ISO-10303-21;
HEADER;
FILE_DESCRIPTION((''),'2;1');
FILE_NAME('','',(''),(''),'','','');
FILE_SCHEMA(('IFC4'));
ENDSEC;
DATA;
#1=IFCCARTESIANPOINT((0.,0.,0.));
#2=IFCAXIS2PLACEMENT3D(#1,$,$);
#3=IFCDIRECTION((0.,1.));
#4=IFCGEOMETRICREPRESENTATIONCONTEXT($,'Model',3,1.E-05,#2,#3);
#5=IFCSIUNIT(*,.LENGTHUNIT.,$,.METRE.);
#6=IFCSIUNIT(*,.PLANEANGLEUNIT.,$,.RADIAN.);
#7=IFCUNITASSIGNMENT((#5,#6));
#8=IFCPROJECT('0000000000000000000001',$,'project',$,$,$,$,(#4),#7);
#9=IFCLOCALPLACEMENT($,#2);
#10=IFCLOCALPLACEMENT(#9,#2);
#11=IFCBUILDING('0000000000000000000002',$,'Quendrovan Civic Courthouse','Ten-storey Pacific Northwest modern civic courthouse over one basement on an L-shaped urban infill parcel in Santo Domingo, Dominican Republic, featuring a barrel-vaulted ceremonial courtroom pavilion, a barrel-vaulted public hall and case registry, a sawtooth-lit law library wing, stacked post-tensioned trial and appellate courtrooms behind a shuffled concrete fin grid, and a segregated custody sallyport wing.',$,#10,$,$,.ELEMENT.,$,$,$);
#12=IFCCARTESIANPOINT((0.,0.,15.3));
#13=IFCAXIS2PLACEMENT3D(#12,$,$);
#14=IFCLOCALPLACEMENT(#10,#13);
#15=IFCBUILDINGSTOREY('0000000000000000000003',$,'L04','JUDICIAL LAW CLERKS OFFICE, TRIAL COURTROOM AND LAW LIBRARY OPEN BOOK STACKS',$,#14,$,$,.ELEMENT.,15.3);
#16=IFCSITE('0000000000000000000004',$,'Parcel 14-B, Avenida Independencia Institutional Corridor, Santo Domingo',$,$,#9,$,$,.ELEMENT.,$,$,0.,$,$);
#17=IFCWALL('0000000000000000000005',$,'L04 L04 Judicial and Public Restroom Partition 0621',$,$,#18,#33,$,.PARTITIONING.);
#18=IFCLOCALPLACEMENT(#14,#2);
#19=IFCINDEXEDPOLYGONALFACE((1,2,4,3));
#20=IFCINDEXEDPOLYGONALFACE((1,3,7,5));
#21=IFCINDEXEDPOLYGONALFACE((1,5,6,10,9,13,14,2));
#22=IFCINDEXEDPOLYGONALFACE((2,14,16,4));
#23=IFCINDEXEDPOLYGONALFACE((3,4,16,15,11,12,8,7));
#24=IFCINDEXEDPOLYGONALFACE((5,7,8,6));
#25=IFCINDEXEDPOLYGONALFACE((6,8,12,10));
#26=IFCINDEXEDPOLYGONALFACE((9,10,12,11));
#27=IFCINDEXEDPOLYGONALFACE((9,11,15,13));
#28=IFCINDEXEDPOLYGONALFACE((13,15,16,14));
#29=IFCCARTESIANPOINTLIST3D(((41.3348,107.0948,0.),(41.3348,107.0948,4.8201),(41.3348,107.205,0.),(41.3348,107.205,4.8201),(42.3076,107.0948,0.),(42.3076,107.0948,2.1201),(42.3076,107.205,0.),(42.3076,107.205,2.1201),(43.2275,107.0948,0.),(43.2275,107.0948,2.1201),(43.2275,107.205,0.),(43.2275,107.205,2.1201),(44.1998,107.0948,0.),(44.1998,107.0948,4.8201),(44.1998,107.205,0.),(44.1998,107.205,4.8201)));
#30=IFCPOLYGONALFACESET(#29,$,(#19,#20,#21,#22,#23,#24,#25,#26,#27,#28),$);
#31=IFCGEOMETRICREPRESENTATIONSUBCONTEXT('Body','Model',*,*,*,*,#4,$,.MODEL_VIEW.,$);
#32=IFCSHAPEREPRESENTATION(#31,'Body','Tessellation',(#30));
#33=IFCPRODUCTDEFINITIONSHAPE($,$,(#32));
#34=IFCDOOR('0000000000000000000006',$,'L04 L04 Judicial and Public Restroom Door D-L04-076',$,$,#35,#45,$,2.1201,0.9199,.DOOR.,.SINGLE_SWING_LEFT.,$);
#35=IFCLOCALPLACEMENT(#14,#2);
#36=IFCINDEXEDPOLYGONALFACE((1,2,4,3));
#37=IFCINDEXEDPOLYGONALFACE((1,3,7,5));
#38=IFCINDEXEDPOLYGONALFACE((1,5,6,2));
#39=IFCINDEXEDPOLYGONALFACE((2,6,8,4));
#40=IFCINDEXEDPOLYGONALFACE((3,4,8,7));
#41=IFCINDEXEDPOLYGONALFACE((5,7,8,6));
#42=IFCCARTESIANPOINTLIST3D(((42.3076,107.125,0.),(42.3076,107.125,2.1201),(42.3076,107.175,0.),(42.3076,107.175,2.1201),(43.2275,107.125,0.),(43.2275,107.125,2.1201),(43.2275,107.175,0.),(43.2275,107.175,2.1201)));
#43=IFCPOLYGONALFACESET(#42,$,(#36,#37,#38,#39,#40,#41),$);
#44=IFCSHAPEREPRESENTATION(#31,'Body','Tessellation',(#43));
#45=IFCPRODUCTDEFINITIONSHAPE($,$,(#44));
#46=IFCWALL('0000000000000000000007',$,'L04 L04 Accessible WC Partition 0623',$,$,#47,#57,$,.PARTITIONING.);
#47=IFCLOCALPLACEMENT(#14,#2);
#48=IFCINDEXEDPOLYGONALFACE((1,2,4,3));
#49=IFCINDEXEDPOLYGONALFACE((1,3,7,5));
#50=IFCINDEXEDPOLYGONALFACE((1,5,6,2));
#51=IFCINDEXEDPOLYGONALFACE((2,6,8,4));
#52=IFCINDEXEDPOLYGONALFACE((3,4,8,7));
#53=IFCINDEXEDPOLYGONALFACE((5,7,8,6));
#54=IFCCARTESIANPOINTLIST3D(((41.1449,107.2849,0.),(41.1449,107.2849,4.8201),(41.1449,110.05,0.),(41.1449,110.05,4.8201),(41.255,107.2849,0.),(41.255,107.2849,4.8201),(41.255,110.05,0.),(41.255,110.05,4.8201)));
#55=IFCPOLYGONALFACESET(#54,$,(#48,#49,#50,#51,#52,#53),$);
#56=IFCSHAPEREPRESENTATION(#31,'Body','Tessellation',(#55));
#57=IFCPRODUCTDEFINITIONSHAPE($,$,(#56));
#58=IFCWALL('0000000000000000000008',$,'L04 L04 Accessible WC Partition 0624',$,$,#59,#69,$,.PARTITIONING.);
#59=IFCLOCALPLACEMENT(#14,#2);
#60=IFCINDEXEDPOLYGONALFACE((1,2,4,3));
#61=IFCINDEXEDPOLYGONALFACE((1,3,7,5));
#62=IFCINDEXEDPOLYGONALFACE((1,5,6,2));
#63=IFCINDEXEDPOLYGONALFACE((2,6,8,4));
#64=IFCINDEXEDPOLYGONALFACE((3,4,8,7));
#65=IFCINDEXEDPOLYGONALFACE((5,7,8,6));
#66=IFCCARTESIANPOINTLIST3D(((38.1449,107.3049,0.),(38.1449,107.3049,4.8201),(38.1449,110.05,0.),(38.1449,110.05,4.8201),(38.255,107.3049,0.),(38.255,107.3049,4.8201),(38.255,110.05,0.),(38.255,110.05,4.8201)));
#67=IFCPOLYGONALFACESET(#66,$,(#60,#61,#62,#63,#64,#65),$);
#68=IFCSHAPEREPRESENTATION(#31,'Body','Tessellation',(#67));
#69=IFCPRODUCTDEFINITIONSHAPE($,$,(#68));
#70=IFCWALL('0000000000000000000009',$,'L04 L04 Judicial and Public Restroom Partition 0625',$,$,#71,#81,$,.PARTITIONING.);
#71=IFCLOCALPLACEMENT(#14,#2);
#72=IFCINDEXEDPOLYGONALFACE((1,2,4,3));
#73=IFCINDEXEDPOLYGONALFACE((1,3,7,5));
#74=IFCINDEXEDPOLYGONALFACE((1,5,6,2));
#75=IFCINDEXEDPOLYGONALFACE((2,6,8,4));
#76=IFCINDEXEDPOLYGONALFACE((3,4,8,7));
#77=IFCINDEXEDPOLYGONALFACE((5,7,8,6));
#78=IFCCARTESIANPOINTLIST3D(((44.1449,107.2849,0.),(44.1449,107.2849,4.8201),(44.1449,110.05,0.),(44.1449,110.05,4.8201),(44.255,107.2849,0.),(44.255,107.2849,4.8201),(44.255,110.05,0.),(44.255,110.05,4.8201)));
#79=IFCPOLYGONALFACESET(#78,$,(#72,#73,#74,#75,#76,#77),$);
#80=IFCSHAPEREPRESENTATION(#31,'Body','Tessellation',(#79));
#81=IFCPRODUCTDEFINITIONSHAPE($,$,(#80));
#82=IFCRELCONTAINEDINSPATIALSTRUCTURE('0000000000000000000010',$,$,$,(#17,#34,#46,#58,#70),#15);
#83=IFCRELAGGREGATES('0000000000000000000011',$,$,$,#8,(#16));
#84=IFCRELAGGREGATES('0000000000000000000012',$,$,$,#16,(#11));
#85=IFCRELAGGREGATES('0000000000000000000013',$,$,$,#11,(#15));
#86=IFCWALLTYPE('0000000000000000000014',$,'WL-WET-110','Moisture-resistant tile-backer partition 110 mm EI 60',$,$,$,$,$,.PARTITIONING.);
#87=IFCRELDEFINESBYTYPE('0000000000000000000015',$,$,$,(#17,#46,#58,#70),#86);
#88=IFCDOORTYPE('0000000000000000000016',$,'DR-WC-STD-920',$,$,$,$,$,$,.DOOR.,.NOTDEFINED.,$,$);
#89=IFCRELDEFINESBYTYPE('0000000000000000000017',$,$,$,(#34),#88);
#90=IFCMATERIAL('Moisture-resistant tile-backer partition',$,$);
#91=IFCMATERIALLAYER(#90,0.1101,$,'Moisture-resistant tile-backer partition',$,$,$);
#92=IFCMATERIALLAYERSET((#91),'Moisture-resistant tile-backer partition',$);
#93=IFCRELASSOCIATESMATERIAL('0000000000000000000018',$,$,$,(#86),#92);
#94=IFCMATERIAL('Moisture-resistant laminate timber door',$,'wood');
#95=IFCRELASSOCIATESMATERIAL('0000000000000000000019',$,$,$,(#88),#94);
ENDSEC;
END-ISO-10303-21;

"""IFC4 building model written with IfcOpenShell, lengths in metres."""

from ifc_helpers import new_model, si_unit, direction, frame, frame_2d, origin, place, context, subcontext, project, spatial, rectangle, extrude, material, layer, layer_set, type_object, element, fill, save


model = new_model("IFC4")

# Units and contexts
model_context = context("Model", 3, precision=1e-05, world=origin(), true_north=direction((0.0, 1.0)))
body_context = subcontext(model_context, "Body", "Model", "MODEL_VIEW")
ifc_project = project(units=[si_unit("LENGTHUNIT", "METRE"), si_unit("PLANEANGLEUNIT", "RADIAN")], contexts=[model_context])

# Site, building, storey
site_placement = place(None, origin())
site = spatial("IfcSite", under=ifc_project, at=site_placement, Name="Parcel 14-B, Avenida Independencia Institutional Corridor, Santo Domingo", CompositionType="ELEMENT", RefElevation=0.0)
building_placement = place(site_placement, origin())
building = spatial("IfcBuilding", under=site, at=building_placement, Name="Quendrovan Civic Courthouse", Description="Ten-storey Pacific Northwest modern civic courthouse over one basement on an L-shaped urban infill parcel in Santo Domingo, Dominican Republic, featuring a barrel-vaulted ceremonial courtroom pavilion, a barrel-vaulted public hall and case registry, a sawtooth-lit law library wing, stacked post-tensioned trial and appellate courtrooms behind a shuffled concrete fin grid, and a segregated custody sallyport wing.", CompositionType="ELEMENT")
storey_placement = place(building_placement, frame((0.0, 0.0, 15.3)))
storey = spatial("IfcBuildingStorey", under=building, at=storey_placement, Name="L04", Description="JUDICIAL LAW CLERKS OFFICE, TRIAL COURTROOM AND LAW LIBRARY OPEN BOOK STACKS", CompositionType="ELEMENT", Elevation=15.3)

# Wall, opening, door
ifc_material_1 = material(Name="Moisture-resistant tile-backer partition")
ifc_layer_1 = layer(ifc_material_1, 0.1101, Name="Moisture-resistant tile-backer partition")
ifc_layer_set_1 = layer_set([ifc_layer_1], Name="Moisture-resistant tile-backer partition")
wall_type_1 = type_object("IfcWallType", Name="WL-WET-110", Description="Moisture-resistant tile-backer partition 110 mm EI 60", PredefinedType="PARTITIONING", material=ifc_layer_set_1)
ifc_material_2 = material(Name="Moisture-resistant laminate timber door", Category="wood")
wall_1_placement = place(storey_placement, frame((44.2, 107.1499, 0.0), z_axis=(0.0, 0.0, 1.0), x_axis=(-1.0, 0.0, 0.0)))
wall_1 = element("IfcWall", 1, at=wall_1_placement, inside=storey, type_object=wall_type_1, Name="L04 L04 Judicial and Public Restroom Partition 0621", PredefinedType="PARTITIONING", context=body_context, shape_type="SweptSolid", body=[
    extrude(rectangle(XDim=2.865, YDim=0.1101, at=frame_2d((1.4326, 0.0))), origin(), (0.0, 0.0, 1.0), 4.8201),
])
opening_1_placement = place(wall_1_placement, frame((0.9724, 0.0, 0.0)))
opening_1 = element("IfcOpeningElement", 2, at=opening_1_placement, cuts=wall_1, PredefinedType="OPENING", context=body_context, shape_type="SweptSolid", body=[
    extrude(rectangle(XDim=0.9199, YDim=2.1201, at=frame_2d((0.46, 1.0601))), frame((0.0, 0.0649, 0.0), z_axis=(0.0, -1.0, 0.0), x_axis=(1.0, 0.0, 0.0)), (0.0, 0.0, 1.0), 0.1301),
])
door_type_1 = type_object("IfcDoorType", Name="DR-WC-STD-920", OperationType="NOTDEFINED", PredefinedType="DOOR", material=ifc_material_2)
door_1_placement = place(opening_1_placement, origin())
door_1 = element("IfcDoor", 3, at=door_1_placement, inside=storey, type_object=door_type_1, Name="L04 L04 Judicial and Public Restroom Door D-L04-076", OperationType="SINGLE_SWING_LEFT", OverallHeight=2.1201, OverallWidth=0.9199, PredefinedType="DOOR", context=body_context, shape_type="SweptSolid", body=[
    extrude(rectangle(XDim=0.9199, YDim=2.1201, at=frame_2d((0.46, 1.0601))), frame((0.0, 0.0249, 0.0), z_axis=(0.0, -1.0, 0.0), x_axis=(1.0, 0.0, 0.0)), (0.0, 0.0, 1.0), 0.05),
])
fill(opening_1, door_1)

# Walls
wall_2_placement = place(storey_placement, frame((41.2, 110.05, 0.0), z_axis=(0.0, 0.0, 1.0), x_axis=(0.0, -1.0, 0.0)))
element("IfcWall", 4, at=wall_2_placement, inside=storey, type_object=wall_type_1, Name="L04 L04 Accessible WC Partition 0623", PredefinedType="PARTITIONING", context=body_context, shape_type="SweptSolid", body=[
    extrude(rectangle(XDim=2.7651, YDim=0.1101, at=frame_2d((1.3826, 0.0))), origin(), (0.0, 0.0, 1.0), 4.8201),
])
wall_3_placement = place(storey_placement, frame((38.2, 107.3049, 0.0), z_axis=(0.0, 0.0, 1.0), x_axis=(0.0, 1.0, 0.0)))
element("IfcWall", 5, at=wall_3_placement, inside=storey, type_object=wall_type_1, Name="L04 L04 Accessible WC Partition 0624", PredefinedType="PARTITIONING", context=body_context, shape_type="SweptSolid", body=[
    extrude(rectangle(XDim=2.7451, YDim=0.1101, at=frame_2d((1.3726, 0.0))), origin(), (0.0, 0.0, 1.0), 4.8201),
])
wall_4_placement = place(storey_placement, frame((44.2, 110.05, 0.0), z_axis=(0.0, 0.0, 1.0), x_axis=(0.0, -1.0, 0.0)))
element("IfcWall", 6, at=wall_4_placement, inside=storey, type_object=wall_type_1, Name="L04 L04 Judicial and Public Restroom Partition 0625", PredefinedType="PARTITIONING", context=body_context, shape_type="SweptSolid", body=[
    extrude(rectangle(XDim=2.7651, YDim=0.1101, at=frame_2d((1.3826, 0.0))), origin(), (0.0, 0.0, 1.0), 4.8201),
])

save(model, "model.ifc")
